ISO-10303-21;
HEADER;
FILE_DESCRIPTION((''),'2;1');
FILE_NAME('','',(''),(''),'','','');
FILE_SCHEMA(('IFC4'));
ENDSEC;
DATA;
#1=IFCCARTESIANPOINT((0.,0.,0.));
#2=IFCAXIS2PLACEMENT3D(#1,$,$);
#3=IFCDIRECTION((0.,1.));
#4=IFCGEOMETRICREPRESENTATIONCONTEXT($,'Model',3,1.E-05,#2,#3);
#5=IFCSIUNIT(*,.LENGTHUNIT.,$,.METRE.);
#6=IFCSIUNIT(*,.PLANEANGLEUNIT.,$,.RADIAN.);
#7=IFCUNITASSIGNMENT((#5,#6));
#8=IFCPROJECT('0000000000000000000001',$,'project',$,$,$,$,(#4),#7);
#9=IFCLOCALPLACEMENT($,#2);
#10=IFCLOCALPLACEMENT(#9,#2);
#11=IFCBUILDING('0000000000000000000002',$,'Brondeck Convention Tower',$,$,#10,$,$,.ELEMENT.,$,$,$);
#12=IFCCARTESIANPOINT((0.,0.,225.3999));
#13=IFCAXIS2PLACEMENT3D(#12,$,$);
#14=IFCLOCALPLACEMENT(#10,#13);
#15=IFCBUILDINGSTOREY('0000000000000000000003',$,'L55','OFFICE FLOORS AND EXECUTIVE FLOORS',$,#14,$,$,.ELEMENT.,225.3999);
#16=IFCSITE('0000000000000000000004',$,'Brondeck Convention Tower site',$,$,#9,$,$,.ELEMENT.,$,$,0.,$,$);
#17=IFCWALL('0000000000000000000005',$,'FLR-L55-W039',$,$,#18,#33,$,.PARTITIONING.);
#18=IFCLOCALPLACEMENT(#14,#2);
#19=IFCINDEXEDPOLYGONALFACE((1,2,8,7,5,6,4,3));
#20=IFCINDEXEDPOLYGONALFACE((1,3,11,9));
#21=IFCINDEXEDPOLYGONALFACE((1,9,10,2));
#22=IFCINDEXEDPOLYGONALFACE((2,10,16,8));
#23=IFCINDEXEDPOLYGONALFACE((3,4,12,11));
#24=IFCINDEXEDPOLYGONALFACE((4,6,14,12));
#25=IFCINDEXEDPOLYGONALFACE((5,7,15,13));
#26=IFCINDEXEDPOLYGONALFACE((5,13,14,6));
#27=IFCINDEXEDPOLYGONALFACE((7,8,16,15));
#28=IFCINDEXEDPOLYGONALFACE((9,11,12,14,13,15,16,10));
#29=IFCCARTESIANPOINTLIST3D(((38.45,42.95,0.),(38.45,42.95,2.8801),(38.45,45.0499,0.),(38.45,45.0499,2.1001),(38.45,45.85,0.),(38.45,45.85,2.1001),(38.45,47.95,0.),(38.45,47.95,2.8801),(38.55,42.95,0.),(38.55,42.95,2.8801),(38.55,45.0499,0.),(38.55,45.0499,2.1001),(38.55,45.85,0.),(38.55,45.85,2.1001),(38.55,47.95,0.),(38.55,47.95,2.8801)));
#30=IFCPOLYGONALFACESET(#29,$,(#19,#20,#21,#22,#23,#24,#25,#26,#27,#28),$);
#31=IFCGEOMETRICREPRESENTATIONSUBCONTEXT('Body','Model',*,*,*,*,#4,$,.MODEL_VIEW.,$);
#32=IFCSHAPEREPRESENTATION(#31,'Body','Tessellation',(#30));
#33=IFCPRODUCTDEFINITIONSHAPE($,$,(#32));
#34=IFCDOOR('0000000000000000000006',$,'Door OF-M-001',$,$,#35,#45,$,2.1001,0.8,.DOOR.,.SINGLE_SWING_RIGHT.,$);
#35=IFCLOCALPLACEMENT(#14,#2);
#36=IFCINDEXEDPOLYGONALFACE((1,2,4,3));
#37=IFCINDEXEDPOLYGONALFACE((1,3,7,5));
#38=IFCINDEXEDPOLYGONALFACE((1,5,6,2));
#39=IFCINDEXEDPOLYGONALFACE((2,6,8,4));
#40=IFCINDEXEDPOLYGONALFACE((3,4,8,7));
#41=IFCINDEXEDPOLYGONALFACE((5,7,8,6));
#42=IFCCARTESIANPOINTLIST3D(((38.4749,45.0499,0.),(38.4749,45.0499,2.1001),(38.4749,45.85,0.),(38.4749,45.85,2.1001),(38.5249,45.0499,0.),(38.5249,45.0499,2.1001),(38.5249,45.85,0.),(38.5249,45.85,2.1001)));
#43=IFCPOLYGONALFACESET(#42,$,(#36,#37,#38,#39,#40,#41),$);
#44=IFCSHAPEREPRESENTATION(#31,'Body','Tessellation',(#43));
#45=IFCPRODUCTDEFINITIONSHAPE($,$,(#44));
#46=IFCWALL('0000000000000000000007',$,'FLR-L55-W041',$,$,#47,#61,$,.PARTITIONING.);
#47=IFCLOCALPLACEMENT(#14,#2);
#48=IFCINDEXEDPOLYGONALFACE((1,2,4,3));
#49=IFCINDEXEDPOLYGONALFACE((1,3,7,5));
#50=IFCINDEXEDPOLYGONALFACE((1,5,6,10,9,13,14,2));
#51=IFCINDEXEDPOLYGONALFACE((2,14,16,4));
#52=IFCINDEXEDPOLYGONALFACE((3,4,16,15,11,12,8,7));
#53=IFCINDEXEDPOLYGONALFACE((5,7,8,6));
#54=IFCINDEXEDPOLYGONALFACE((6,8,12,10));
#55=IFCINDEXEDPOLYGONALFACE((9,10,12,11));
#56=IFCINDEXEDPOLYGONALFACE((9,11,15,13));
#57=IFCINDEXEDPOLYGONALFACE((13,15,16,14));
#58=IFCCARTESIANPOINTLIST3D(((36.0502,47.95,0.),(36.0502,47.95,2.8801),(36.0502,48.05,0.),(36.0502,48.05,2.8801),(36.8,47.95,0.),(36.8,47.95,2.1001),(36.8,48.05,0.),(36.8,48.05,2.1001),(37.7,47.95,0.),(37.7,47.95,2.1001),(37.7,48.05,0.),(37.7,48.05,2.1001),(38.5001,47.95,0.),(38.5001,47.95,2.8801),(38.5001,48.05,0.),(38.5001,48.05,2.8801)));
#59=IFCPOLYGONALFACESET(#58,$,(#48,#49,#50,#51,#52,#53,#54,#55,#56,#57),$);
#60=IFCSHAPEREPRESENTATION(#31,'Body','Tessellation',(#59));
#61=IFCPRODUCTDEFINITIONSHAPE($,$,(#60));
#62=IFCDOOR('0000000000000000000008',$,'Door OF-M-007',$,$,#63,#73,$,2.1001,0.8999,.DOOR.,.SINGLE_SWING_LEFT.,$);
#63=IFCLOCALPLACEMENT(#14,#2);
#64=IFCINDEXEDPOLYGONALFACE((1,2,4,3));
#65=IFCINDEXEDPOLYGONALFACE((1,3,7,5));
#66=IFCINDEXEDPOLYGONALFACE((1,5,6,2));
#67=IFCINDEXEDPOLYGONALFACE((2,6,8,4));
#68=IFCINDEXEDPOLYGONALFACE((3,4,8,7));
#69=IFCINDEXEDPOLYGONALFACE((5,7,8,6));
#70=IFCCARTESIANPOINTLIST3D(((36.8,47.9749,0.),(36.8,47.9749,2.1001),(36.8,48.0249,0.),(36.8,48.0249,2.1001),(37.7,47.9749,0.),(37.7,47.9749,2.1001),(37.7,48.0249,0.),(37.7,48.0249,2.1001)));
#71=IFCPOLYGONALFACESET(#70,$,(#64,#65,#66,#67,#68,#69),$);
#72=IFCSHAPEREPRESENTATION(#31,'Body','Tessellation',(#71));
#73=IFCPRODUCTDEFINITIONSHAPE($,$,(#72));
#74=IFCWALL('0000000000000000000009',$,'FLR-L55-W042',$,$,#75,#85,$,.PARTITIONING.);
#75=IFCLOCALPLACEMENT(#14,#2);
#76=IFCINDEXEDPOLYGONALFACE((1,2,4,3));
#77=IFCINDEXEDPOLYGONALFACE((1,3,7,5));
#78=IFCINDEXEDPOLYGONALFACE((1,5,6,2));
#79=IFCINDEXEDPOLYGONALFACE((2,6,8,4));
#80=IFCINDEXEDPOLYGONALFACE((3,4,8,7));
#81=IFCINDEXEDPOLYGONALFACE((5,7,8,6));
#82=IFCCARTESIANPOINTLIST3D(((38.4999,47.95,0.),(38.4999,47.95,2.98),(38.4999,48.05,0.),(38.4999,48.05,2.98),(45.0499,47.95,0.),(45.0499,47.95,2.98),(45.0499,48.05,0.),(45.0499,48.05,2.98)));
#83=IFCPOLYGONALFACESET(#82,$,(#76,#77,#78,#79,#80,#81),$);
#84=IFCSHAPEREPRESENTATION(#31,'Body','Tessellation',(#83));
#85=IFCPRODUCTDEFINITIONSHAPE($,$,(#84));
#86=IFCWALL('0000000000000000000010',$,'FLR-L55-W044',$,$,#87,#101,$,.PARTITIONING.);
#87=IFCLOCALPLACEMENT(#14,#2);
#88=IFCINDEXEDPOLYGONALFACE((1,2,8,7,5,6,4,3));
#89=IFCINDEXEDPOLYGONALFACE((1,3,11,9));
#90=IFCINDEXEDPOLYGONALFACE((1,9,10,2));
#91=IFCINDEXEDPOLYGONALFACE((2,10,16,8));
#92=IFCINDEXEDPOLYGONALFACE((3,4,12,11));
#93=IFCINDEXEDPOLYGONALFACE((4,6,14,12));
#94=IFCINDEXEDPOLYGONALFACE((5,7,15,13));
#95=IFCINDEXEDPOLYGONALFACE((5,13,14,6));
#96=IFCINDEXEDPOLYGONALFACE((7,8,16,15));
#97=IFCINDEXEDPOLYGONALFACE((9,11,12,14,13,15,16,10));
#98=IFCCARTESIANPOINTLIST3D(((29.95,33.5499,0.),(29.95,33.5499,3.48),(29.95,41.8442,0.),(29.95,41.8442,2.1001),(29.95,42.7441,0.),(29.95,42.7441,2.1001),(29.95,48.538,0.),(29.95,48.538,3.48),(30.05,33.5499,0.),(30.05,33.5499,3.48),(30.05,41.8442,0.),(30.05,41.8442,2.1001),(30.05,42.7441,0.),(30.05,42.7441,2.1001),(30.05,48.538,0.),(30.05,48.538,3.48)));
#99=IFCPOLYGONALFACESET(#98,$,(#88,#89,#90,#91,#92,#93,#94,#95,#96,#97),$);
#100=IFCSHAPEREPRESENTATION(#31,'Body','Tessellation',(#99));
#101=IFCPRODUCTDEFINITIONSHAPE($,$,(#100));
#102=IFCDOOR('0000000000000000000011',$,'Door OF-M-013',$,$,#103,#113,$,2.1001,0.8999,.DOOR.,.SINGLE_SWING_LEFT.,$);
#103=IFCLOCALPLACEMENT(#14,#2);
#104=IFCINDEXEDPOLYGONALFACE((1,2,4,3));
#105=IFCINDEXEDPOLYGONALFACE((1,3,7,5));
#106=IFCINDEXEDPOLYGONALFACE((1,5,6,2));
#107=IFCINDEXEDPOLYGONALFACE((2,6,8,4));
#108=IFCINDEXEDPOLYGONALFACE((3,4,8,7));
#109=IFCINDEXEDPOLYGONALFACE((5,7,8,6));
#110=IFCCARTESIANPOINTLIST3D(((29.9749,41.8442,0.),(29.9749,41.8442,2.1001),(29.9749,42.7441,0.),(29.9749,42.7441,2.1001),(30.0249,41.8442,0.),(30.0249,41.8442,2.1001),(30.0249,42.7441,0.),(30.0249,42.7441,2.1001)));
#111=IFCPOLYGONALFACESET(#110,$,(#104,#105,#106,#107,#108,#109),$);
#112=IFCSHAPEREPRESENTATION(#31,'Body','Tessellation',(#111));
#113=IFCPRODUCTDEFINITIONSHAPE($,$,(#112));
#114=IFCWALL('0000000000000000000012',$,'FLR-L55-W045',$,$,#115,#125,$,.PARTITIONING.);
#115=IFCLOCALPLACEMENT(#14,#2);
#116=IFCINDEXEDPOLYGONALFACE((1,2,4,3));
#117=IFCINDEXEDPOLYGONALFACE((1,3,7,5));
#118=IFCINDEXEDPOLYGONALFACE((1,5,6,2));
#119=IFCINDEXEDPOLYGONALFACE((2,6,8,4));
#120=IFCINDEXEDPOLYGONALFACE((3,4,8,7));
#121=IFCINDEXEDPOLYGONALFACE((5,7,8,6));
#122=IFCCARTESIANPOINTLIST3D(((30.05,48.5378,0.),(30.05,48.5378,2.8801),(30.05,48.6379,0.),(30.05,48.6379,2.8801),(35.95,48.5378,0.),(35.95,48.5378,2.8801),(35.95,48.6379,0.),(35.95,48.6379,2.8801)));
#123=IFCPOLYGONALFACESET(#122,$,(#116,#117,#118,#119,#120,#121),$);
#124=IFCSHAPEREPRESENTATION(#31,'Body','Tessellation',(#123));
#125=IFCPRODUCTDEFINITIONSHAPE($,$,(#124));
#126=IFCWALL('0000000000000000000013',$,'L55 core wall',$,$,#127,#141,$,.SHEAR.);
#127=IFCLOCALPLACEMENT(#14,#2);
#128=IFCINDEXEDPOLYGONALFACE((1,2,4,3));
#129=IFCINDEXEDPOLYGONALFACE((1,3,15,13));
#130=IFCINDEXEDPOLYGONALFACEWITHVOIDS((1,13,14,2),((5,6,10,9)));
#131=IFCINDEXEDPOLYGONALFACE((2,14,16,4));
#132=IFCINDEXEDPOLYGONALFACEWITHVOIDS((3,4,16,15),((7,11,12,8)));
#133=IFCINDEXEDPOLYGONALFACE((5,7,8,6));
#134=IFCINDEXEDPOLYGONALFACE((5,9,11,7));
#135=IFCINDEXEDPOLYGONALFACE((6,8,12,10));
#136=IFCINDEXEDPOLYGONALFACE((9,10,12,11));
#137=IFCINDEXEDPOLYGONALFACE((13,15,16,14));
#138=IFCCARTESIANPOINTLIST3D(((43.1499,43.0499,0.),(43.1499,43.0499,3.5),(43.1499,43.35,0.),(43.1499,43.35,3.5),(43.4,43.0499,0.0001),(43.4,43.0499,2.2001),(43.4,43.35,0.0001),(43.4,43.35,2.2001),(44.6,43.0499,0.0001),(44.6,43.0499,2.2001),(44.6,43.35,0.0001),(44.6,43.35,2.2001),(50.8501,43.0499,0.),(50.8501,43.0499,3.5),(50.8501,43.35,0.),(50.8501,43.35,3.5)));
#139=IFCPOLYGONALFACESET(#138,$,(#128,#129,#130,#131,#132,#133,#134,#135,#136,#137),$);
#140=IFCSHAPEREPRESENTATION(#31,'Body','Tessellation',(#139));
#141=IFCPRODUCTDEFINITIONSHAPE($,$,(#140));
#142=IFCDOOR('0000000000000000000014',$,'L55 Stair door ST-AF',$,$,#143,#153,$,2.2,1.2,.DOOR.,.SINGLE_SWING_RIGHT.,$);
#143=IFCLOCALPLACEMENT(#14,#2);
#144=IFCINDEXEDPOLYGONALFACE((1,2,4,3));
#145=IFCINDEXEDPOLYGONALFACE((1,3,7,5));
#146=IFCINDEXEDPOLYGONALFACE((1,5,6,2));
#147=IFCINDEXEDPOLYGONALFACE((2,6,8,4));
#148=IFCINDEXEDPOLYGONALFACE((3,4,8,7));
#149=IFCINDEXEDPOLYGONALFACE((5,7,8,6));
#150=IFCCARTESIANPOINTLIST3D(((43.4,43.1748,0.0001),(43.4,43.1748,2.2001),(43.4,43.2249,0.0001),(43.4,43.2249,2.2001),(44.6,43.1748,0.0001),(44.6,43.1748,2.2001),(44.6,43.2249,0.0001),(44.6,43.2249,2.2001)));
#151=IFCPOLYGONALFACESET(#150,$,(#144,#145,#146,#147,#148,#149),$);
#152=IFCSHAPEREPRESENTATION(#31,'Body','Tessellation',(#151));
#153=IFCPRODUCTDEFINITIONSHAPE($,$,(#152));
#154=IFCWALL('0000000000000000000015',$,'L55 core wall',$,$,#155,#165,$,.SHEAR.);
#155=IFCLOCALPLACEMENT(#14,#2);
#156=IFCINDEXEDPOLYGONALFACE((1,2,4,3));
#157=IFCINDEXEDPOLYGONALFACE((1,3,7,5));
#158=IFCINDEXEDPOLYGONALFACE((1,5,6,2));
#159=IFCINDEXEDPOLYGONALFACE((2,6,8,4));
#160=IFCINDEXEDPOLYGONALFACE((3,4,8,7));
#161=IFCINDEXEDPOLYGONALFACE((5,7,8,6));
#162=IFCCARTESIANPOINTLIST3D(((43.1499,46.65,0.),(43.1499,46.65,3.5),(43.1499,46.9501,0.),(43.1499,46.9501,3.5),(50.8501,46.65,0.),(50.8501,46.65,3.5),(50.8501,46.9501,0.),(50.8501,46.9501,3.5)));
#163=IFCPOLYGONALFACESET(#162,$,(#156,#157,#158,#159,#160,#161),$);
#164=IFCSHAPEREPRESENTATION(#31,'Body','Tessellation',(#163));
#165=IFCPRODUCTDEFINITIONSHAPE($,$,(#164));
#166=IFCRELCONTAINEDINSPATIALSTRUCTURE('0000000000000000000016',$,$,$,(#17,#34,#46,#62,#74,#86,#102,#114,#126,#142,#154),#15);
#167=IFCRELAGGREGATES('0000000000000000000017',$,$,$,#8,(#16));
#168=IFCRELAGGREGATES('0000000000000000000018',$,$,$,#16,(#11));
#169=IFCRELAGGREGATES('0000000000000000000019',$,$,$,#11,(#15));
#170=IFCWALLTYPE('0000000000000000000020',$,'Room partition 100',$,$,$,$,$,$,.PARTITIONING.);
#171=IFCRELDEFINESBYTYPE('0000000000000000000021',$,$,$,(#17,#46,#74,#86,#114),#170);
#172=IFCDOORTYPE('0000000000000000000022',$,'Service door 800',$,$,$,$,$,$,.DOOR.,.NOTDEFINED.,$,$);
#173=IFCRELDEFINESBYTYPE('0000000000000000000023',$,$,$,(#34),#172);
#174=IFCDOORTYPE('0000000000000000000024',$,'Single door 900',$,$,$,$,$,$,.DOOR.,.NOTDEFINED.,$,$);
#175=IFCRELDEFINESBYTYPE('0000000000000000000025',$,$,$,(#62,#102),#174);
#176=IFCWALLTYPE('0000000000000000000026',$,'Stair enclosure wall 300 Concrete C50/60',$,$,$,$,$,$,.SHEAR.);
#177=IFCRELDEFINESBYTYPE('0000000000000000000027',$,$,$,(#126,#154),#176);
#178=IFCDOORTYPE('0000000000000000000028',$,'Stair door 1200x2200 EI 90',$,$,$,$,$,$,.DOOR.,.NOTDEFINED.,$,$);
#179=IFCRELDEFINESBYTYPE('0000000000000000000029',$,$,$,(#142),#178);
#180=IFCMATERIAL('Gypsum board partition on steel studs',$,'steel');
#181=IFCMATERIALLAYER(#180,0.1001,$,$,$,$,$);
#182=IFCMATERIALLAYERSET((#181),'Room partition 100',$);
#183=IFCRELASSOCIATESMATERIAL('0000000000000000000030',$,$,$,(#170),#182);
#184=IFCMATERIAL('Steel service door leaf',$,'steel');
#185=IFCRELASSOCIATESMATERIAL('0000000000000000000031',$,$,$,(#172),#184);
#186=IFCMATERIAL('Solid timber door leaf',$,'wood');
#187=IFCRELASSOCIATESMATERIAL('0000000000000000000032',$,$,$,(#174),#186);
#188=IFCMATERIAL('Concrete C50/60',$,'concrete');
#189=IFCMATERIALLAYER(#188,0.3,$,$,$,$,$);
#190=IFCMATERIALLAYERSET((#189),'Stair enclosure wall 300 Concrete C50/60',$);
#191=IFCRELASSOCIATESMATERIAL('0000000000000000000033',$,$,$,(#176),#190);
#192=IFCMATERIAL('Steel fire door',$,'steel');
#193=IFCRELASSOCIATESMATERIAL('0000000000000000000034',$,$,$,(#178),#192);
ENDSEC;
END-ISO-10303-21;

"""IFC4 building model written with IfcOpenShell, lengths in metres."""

from ifc_helpers import new_model, si_unit, direction, frame, frame_2d, origin, place, context, subcontext, project, spatial, rectangle, extrude, material, layer, layer_set, type_object, element, fill, save


model = new_model("IFC4")

# Units and contexts
model_context = context("Model", 3, precision=1e-05, world=origin(), true_north=direction((0.0, 1.0)))
body_context = subcontext(model_context, "Body", "Model", "MODEL_VIEW")
ifc_project = project(units=[si_unit("LENGTHUNIT", "METRE"), si_unit("PLANEANGLEUNIT", "RADIAN")], contexts=[model_context])

# Site, building, storey
site_placement = place(None, origin())
site = spatial("IfcSite", under=ifc_project, at=site_placement, Name="Brondeck Convention Tower site", CompositionType="ELEMENT", RefElevation=0.0)
building_placement = place(site_placement, origin())
building = spatial("IfcBuilding", under=site, at=building_placement, Name="Brondeck Convention Tower", CompositionType="ELEMENT")
storey_placement = place(building_placement, frame((0.0, 0.0, 225.3999)))
storey = spatial("IfcBuildingStorey", under=building, at=storey_placement, Name="L55", Description="OFFICE FLOORS AND EXECUTIVE FLOORS", CompositionType="ELEMENT", Elevation=225.3999)

# Shared definitions
ifc_material_1 = material(Name="Concrete C50/60", Category="concrete")

# Walls, openings, doors
ifc_material_2 = material(Name="Gypsum board partition on steel studs", Category="steel")
ifc_layer_1 = layer(ifc_material_2, 0.1001)
ifc_layer_set_1 = layer_set([ifc_layer_1], Name="Room partition 100")
wall_type_1 = type_object("IfcWallType", Name="Room partition 100", PredefinedType="PARTITIONING", material=ifc_layer_set_1)
wall_1_placement = place(storey_placement, frame((38.5, 47.95, 0.0), z_axis=(0.0, 0.0, 1.0), x_axis=(0.0, -1.0, 0.0)))
wall_1 = element("IfcWall", 1, at=wall_1_placement, inside=storey, type_object=wall_type_1, Name="FLR-L55-W039", PredefinedType="PARTITIONING", context=body_context, shape_type="SweptSolid", body=[
    extrude(rectangle(XDim=5.0, YDim=0.1001, at=frame_2d((2.5, 0.0))), origin(), (0.0, 0.0, 1.0), 2.8801),
])
opening_1_placement = place(wall_1_placement, frame((2.1001, 0.0, 0.0)))
opening_1 = element("IfcOpeningElement", 2, at=opening_1_placement, cuts=wall_1, PredefinedType="OPENING", context=body_context, shape_type="SweptSolid", body=[
    extrude(rectangle(XDim=0.8, YDim=2.1001, at=frame_2d((0.3999, 1.05))), frame((0.0, 0.0601, 0.0), z_axis=(0.0, -1.0, 0.0), x_axis=(1.0, 0.0, 0.0)), (0.0, 0.0, 1.0), 0.1201),
])
ifc_material_3 = material(Name="Steel service door leaf", Category="steel")
door_type_1 = type_object("IfcDoorType", Name="Service door 800", OperationType="NOTDEFINED", PredefinedType="DOOR", material=ifc_material_3)
door_1_placement = place(opening_1_placement, origin())
door_1 = element("IfcDoor", 3, at=door_1_placement, inside=storey, type_object=door_type_1, Name="Door OF-M-001", OperationType="SINGLE_SWING_RIGHT", OverallHeight=2.1001, OverallWidth=0.8, PredefinedType="DOOR", context=body_context, shape_type="SweptSolid", body=[
    extrude(rectangle(XDim=0.8, YDim=2.1001, at=frame_2d((0.3999, 1.05))), frame((0.0, 0.0249, 0.0), z_axis=(0.0, -1.0, 0.0), x_axis=(1.0, 0.0, 0.0)), (0.0, 0.0, 1.0), 0.05),
])
fill(opening_1, door_1)
wall_2_placement = place(storey_placement, frame((36.05, 48.0, 0.0), z_axis=(0.0, 0.0, 1.0), x_axis=(1.0, 0.0, 0.0)))
wall_2 = element("IfcWall", 4, at=wall_2_placement, inside=storey, type_object=wall_type_1, Name="FLR-L55-W041", PredefinedType="PARTITIONING", context=body_context, shape_type="SweptSolid", body=[
    extrude(rectangle(XDim=2.45, YDim=0.1001, at=frame_2d((1.2251, 0.0))), origin(), (0.0, 0.0, 1.0), 2.8801),
])
opening_2_placement = place(wall_2_placement, frame((0.75, 0.0, 0.0)))
opening_2 = element("IfcOpeningElement", 5, at=opening_2_placement, cuts=wall_2, PredefinedType="OPENING", context=body_context, shape_type="SweptSolid", body=[
    extrude(rectangle(XDim=0.8999, YDim=2.1001, at=frame_2d((0.45, 1.05))), frame((0.0, 0.0601, 0.0), z_axis=(0.0, -1.0, 0.0), x_axis=(1.0, 0.0, 0.0)), (0.0, 0.0, 1.0), 0.1201),
])
ifc_material_4 = material(Name="Solid timber door leaf", Category="wood")
door_type_2 = type_object("IfcDoorType", Name="Single door 900", OperationType="NOTDEFINED", PredefinedType="DOOR", material=ifc_material_4)
door_2_placement = place(opening_2_placement, origin())
door_2 = element("IfcDoor", 6, at=door_2_placement, inside=storey, type_object=door_type_2, Name="Door OF-M-007", OperationType="SINGLE_SWING_LEFT", OverallHeight=2.1001, OverallWidth=0.8999, PredefinedType="DOOR", context=body_context, shape_type="SweptSolid", body=[
    extrude(rectangle(XDim=0.8999, YDim=2.1001, at=frame_2d((0.45, 1.05))), frame((0.0, 0.0249, 0.0), z_axis=(0.0, -1.0, 0.0), x_axis=(1.0, 0.0, 0.0)), (0.0, 0.0, 1.0), 0.05),
])
fill(opening_2, door_2)

# Wall
wall_3_placement = place(storey_placement, frame((38.5, 48.0, 0.0), z_axis=(0.0, 0.0, 1.0), x_axis=(1.0, 0.0, 0.0)))
element("IfcWall", 7, at=wall_3_placement, inside=storey, type_object=wall_type_1, Name="FLR-L55-W042", PredefinedType="PARTITIONING", context=body_context, shape_type="SweptSolid", body=[
    extrude(rectangle(XDim=6.55, YDim=0.1001, at=frame_2d((3.2749, 0.0))), origin(), (0.0, 0.0, 1.0), 2.98),
])

# Wall, opening, door
wall_4_placement = place(storey_placement, frame((30.0, 48.5381, 0.0), z_axis=(0.0, 0.0, 1.0), x_axis=(0.0, -1.0, 0.0)))
wall_4 = element("IfcWall", 8, at=wall_4_placement, inside=storey, type_object=wall_type_1, Name="FLR-L55-W044", PredefinedType="PARTITIONING", context=body_context, shape_type="SweptSolid", body=[
    extrude(rectangle(XDim=14.988, YDim=0.1001, at=frame_2d((7.4941, 0.0))), origin(), (0.0, 0.0, 1.0), 3.48),
])
opening_3_placement = place(wall_4_placement, frame((5.7939, 0.0, 0.0)))
opening_3 = element("IfcOpeningElement", 9, at=opening_3_placement, cuts=wall_4, PredefinedType="OPENING", context=body_context, shape_type="SweptSolid", body=[
    extrude(rectangle(XDim=0.8999, YDim=2.1001, at=frame_2d((0.45, 1.05))), frame((0.0, 0.0601, 0.0), z_axis=(0.0, -1.0, 0.0), x_axis=(1.0, 0.0, 0.0)), (0.0, 0.0, 1.0), 0.1201),
])
door_3_placement = place(opening_3_placement, origin())
door_3 = element("IfcDoor", 10, at=door_3_placement, inside=storey, type_object=door_type_2, Name="Door OF-M-013", OperationType="SINGLE_SWING_LEFT", OverallHeight=2.1001, OverallWidth=0.8999, PredefinedType="DOOR", context=body_context, shape_type="SweptSolid", body=[
    extrude(rectangle(XDim=0.8999, YDim=2.1001, at=frame_2d((0.45, 1.05))), frame((0.0, 0.0249, 0.0), z_axis=(0.0, -1.0, 0.0), x_axis=(1.0, 0.0, 0.0)), (0.0, 0.0, 1.0), 0.05),
])
fill(opening_3, door_3)

# Wall
wall_5_placement = place(storey_placement, frame((30.05, 48.5879, 0.0), z_axis=(0.0, 0.0, 1.0), x_axis=(1.0, 0.0, 0.0)))
element("IfcWall", 11, at=wall_5_placement, inside=storey, type_object=wall_type_1, Name="FLR-L55-W045", PredefinedType="PARTITIONING", context=body_context, shape_type="SweptSolid", body=[
    extrude(rectangle(XDim=5.8999, YDim=0.1001, at=frame_2d((2.95, 0.0))), origin(), (0.0, 0.0, 1.0), 2.8801),
])

# Wall, opening, door
ifc_layer_2 = layer(ifc_material_1, 0.3)
ifc_layer_set_2 = layer_set([ifc_layer_2], Name="Stair enclosure wall 300 Concrete C50/60")
wall_type_2 = type_object("IfcWallType", Name="Stair enclosure wall 300 Concrete C50/60", PredefinedType="SHEAR", material=ifc_layer_set_2)
wall_6_placement = place(storey_placement, frame((43.1499, 43.2, 0.0), z_axis=(0.0, 0.0, 1.0), x_axis=(1.0, 0.0, 0.0)))
wall_6 = element("IfcWall", 12, at=wall_6_placement, inside=storey, type_object=wall_type_2, Name="L55 core wall", PredefinedType="SHEAR", context=body_context, shape_type="SweptSolid", body=[
    extrude(rectangle(XDim=7.7002, YDim=0.3, at=frame_2d((3.8501, 0.0))), origin(), (0.0, 0.0, 1.0), 3.5),
])
opening_4_placement = place(wall_6_placement, frame((0.25, 0.0, 0.0)))
opening_4 = element("IfcOpeningElement", 13, at=opening_4_placement, cuts=wall_6, PredefinedType="OPENING", context=body_context, shape_type="SweptSolid", body=[
    extrude(rectangle(XDim=1.2, YDim=2.2, at=frame_2d((0.6001, 1.1001))), frame((0.0, 0.1599, 0.0), z_axis=(0.0, -1.0, 0.0), x_axis=(1.0, 0.0, 0.0)), (0.0, 0.0, 1.0), 0.3201),
])
ifc_material_5 = material(Name="Steel fire door", Category="steel")
door_type_3 = type_object("IfcDoorType", Name="Stair door 1200x2200 EI 90", OperationType="NOTDEFINED", PredefinedType="DOOR", material=ifc_material_5)
door_4_placement = place(opening_4_placement, origin())
door_4 = element("IfcDoor", 14, at=door_4_placement, inside=storey, type_object=door_type_3, Name="L55 Stair door ST-AF", OperationType="SINGLE_SWING_RIGHT", OverallHeight=2.2, OverallWidth=1.2, PredefinedType="DOOR", context=body_context, shape_type="SweptSolid", body=[
    extrude(rectangle(XDim=1.2, YDim=2.2, at=frame_2d((0.6001, 1.1001))), frame((0.0, 0.0249, 0.0), z_axis=(0.0, -1.0, 0.0), x_axis=(1.0, 0.0, 0.0)), (0.0, 0.0, 1.0), 0.05),
])
fill(opening_4, door_4)

# Wall
wall_7_placement = place(storey_placement, frame((43.1499, 46.8, 0.0), z_axis=(0.0, 0.0, 1.0), x_axis=(1.0, 0.0, 0.0)))
element("IfcWall", 15, at=wall_7_placement, inside=storey, type_object=wall_type_2, Name="L55 core wall", PredefinedType="SHEAR", context=body_context, shape_type="SweptSolid", body=[
    extrude(rectangle(XDim=7.7002, YDim=0.3, at=frame_2d((3.8501, 0.0))), origin(), (0.0, 0.0, 1.0), 3.5),
])

save(model, "model.ifc")
